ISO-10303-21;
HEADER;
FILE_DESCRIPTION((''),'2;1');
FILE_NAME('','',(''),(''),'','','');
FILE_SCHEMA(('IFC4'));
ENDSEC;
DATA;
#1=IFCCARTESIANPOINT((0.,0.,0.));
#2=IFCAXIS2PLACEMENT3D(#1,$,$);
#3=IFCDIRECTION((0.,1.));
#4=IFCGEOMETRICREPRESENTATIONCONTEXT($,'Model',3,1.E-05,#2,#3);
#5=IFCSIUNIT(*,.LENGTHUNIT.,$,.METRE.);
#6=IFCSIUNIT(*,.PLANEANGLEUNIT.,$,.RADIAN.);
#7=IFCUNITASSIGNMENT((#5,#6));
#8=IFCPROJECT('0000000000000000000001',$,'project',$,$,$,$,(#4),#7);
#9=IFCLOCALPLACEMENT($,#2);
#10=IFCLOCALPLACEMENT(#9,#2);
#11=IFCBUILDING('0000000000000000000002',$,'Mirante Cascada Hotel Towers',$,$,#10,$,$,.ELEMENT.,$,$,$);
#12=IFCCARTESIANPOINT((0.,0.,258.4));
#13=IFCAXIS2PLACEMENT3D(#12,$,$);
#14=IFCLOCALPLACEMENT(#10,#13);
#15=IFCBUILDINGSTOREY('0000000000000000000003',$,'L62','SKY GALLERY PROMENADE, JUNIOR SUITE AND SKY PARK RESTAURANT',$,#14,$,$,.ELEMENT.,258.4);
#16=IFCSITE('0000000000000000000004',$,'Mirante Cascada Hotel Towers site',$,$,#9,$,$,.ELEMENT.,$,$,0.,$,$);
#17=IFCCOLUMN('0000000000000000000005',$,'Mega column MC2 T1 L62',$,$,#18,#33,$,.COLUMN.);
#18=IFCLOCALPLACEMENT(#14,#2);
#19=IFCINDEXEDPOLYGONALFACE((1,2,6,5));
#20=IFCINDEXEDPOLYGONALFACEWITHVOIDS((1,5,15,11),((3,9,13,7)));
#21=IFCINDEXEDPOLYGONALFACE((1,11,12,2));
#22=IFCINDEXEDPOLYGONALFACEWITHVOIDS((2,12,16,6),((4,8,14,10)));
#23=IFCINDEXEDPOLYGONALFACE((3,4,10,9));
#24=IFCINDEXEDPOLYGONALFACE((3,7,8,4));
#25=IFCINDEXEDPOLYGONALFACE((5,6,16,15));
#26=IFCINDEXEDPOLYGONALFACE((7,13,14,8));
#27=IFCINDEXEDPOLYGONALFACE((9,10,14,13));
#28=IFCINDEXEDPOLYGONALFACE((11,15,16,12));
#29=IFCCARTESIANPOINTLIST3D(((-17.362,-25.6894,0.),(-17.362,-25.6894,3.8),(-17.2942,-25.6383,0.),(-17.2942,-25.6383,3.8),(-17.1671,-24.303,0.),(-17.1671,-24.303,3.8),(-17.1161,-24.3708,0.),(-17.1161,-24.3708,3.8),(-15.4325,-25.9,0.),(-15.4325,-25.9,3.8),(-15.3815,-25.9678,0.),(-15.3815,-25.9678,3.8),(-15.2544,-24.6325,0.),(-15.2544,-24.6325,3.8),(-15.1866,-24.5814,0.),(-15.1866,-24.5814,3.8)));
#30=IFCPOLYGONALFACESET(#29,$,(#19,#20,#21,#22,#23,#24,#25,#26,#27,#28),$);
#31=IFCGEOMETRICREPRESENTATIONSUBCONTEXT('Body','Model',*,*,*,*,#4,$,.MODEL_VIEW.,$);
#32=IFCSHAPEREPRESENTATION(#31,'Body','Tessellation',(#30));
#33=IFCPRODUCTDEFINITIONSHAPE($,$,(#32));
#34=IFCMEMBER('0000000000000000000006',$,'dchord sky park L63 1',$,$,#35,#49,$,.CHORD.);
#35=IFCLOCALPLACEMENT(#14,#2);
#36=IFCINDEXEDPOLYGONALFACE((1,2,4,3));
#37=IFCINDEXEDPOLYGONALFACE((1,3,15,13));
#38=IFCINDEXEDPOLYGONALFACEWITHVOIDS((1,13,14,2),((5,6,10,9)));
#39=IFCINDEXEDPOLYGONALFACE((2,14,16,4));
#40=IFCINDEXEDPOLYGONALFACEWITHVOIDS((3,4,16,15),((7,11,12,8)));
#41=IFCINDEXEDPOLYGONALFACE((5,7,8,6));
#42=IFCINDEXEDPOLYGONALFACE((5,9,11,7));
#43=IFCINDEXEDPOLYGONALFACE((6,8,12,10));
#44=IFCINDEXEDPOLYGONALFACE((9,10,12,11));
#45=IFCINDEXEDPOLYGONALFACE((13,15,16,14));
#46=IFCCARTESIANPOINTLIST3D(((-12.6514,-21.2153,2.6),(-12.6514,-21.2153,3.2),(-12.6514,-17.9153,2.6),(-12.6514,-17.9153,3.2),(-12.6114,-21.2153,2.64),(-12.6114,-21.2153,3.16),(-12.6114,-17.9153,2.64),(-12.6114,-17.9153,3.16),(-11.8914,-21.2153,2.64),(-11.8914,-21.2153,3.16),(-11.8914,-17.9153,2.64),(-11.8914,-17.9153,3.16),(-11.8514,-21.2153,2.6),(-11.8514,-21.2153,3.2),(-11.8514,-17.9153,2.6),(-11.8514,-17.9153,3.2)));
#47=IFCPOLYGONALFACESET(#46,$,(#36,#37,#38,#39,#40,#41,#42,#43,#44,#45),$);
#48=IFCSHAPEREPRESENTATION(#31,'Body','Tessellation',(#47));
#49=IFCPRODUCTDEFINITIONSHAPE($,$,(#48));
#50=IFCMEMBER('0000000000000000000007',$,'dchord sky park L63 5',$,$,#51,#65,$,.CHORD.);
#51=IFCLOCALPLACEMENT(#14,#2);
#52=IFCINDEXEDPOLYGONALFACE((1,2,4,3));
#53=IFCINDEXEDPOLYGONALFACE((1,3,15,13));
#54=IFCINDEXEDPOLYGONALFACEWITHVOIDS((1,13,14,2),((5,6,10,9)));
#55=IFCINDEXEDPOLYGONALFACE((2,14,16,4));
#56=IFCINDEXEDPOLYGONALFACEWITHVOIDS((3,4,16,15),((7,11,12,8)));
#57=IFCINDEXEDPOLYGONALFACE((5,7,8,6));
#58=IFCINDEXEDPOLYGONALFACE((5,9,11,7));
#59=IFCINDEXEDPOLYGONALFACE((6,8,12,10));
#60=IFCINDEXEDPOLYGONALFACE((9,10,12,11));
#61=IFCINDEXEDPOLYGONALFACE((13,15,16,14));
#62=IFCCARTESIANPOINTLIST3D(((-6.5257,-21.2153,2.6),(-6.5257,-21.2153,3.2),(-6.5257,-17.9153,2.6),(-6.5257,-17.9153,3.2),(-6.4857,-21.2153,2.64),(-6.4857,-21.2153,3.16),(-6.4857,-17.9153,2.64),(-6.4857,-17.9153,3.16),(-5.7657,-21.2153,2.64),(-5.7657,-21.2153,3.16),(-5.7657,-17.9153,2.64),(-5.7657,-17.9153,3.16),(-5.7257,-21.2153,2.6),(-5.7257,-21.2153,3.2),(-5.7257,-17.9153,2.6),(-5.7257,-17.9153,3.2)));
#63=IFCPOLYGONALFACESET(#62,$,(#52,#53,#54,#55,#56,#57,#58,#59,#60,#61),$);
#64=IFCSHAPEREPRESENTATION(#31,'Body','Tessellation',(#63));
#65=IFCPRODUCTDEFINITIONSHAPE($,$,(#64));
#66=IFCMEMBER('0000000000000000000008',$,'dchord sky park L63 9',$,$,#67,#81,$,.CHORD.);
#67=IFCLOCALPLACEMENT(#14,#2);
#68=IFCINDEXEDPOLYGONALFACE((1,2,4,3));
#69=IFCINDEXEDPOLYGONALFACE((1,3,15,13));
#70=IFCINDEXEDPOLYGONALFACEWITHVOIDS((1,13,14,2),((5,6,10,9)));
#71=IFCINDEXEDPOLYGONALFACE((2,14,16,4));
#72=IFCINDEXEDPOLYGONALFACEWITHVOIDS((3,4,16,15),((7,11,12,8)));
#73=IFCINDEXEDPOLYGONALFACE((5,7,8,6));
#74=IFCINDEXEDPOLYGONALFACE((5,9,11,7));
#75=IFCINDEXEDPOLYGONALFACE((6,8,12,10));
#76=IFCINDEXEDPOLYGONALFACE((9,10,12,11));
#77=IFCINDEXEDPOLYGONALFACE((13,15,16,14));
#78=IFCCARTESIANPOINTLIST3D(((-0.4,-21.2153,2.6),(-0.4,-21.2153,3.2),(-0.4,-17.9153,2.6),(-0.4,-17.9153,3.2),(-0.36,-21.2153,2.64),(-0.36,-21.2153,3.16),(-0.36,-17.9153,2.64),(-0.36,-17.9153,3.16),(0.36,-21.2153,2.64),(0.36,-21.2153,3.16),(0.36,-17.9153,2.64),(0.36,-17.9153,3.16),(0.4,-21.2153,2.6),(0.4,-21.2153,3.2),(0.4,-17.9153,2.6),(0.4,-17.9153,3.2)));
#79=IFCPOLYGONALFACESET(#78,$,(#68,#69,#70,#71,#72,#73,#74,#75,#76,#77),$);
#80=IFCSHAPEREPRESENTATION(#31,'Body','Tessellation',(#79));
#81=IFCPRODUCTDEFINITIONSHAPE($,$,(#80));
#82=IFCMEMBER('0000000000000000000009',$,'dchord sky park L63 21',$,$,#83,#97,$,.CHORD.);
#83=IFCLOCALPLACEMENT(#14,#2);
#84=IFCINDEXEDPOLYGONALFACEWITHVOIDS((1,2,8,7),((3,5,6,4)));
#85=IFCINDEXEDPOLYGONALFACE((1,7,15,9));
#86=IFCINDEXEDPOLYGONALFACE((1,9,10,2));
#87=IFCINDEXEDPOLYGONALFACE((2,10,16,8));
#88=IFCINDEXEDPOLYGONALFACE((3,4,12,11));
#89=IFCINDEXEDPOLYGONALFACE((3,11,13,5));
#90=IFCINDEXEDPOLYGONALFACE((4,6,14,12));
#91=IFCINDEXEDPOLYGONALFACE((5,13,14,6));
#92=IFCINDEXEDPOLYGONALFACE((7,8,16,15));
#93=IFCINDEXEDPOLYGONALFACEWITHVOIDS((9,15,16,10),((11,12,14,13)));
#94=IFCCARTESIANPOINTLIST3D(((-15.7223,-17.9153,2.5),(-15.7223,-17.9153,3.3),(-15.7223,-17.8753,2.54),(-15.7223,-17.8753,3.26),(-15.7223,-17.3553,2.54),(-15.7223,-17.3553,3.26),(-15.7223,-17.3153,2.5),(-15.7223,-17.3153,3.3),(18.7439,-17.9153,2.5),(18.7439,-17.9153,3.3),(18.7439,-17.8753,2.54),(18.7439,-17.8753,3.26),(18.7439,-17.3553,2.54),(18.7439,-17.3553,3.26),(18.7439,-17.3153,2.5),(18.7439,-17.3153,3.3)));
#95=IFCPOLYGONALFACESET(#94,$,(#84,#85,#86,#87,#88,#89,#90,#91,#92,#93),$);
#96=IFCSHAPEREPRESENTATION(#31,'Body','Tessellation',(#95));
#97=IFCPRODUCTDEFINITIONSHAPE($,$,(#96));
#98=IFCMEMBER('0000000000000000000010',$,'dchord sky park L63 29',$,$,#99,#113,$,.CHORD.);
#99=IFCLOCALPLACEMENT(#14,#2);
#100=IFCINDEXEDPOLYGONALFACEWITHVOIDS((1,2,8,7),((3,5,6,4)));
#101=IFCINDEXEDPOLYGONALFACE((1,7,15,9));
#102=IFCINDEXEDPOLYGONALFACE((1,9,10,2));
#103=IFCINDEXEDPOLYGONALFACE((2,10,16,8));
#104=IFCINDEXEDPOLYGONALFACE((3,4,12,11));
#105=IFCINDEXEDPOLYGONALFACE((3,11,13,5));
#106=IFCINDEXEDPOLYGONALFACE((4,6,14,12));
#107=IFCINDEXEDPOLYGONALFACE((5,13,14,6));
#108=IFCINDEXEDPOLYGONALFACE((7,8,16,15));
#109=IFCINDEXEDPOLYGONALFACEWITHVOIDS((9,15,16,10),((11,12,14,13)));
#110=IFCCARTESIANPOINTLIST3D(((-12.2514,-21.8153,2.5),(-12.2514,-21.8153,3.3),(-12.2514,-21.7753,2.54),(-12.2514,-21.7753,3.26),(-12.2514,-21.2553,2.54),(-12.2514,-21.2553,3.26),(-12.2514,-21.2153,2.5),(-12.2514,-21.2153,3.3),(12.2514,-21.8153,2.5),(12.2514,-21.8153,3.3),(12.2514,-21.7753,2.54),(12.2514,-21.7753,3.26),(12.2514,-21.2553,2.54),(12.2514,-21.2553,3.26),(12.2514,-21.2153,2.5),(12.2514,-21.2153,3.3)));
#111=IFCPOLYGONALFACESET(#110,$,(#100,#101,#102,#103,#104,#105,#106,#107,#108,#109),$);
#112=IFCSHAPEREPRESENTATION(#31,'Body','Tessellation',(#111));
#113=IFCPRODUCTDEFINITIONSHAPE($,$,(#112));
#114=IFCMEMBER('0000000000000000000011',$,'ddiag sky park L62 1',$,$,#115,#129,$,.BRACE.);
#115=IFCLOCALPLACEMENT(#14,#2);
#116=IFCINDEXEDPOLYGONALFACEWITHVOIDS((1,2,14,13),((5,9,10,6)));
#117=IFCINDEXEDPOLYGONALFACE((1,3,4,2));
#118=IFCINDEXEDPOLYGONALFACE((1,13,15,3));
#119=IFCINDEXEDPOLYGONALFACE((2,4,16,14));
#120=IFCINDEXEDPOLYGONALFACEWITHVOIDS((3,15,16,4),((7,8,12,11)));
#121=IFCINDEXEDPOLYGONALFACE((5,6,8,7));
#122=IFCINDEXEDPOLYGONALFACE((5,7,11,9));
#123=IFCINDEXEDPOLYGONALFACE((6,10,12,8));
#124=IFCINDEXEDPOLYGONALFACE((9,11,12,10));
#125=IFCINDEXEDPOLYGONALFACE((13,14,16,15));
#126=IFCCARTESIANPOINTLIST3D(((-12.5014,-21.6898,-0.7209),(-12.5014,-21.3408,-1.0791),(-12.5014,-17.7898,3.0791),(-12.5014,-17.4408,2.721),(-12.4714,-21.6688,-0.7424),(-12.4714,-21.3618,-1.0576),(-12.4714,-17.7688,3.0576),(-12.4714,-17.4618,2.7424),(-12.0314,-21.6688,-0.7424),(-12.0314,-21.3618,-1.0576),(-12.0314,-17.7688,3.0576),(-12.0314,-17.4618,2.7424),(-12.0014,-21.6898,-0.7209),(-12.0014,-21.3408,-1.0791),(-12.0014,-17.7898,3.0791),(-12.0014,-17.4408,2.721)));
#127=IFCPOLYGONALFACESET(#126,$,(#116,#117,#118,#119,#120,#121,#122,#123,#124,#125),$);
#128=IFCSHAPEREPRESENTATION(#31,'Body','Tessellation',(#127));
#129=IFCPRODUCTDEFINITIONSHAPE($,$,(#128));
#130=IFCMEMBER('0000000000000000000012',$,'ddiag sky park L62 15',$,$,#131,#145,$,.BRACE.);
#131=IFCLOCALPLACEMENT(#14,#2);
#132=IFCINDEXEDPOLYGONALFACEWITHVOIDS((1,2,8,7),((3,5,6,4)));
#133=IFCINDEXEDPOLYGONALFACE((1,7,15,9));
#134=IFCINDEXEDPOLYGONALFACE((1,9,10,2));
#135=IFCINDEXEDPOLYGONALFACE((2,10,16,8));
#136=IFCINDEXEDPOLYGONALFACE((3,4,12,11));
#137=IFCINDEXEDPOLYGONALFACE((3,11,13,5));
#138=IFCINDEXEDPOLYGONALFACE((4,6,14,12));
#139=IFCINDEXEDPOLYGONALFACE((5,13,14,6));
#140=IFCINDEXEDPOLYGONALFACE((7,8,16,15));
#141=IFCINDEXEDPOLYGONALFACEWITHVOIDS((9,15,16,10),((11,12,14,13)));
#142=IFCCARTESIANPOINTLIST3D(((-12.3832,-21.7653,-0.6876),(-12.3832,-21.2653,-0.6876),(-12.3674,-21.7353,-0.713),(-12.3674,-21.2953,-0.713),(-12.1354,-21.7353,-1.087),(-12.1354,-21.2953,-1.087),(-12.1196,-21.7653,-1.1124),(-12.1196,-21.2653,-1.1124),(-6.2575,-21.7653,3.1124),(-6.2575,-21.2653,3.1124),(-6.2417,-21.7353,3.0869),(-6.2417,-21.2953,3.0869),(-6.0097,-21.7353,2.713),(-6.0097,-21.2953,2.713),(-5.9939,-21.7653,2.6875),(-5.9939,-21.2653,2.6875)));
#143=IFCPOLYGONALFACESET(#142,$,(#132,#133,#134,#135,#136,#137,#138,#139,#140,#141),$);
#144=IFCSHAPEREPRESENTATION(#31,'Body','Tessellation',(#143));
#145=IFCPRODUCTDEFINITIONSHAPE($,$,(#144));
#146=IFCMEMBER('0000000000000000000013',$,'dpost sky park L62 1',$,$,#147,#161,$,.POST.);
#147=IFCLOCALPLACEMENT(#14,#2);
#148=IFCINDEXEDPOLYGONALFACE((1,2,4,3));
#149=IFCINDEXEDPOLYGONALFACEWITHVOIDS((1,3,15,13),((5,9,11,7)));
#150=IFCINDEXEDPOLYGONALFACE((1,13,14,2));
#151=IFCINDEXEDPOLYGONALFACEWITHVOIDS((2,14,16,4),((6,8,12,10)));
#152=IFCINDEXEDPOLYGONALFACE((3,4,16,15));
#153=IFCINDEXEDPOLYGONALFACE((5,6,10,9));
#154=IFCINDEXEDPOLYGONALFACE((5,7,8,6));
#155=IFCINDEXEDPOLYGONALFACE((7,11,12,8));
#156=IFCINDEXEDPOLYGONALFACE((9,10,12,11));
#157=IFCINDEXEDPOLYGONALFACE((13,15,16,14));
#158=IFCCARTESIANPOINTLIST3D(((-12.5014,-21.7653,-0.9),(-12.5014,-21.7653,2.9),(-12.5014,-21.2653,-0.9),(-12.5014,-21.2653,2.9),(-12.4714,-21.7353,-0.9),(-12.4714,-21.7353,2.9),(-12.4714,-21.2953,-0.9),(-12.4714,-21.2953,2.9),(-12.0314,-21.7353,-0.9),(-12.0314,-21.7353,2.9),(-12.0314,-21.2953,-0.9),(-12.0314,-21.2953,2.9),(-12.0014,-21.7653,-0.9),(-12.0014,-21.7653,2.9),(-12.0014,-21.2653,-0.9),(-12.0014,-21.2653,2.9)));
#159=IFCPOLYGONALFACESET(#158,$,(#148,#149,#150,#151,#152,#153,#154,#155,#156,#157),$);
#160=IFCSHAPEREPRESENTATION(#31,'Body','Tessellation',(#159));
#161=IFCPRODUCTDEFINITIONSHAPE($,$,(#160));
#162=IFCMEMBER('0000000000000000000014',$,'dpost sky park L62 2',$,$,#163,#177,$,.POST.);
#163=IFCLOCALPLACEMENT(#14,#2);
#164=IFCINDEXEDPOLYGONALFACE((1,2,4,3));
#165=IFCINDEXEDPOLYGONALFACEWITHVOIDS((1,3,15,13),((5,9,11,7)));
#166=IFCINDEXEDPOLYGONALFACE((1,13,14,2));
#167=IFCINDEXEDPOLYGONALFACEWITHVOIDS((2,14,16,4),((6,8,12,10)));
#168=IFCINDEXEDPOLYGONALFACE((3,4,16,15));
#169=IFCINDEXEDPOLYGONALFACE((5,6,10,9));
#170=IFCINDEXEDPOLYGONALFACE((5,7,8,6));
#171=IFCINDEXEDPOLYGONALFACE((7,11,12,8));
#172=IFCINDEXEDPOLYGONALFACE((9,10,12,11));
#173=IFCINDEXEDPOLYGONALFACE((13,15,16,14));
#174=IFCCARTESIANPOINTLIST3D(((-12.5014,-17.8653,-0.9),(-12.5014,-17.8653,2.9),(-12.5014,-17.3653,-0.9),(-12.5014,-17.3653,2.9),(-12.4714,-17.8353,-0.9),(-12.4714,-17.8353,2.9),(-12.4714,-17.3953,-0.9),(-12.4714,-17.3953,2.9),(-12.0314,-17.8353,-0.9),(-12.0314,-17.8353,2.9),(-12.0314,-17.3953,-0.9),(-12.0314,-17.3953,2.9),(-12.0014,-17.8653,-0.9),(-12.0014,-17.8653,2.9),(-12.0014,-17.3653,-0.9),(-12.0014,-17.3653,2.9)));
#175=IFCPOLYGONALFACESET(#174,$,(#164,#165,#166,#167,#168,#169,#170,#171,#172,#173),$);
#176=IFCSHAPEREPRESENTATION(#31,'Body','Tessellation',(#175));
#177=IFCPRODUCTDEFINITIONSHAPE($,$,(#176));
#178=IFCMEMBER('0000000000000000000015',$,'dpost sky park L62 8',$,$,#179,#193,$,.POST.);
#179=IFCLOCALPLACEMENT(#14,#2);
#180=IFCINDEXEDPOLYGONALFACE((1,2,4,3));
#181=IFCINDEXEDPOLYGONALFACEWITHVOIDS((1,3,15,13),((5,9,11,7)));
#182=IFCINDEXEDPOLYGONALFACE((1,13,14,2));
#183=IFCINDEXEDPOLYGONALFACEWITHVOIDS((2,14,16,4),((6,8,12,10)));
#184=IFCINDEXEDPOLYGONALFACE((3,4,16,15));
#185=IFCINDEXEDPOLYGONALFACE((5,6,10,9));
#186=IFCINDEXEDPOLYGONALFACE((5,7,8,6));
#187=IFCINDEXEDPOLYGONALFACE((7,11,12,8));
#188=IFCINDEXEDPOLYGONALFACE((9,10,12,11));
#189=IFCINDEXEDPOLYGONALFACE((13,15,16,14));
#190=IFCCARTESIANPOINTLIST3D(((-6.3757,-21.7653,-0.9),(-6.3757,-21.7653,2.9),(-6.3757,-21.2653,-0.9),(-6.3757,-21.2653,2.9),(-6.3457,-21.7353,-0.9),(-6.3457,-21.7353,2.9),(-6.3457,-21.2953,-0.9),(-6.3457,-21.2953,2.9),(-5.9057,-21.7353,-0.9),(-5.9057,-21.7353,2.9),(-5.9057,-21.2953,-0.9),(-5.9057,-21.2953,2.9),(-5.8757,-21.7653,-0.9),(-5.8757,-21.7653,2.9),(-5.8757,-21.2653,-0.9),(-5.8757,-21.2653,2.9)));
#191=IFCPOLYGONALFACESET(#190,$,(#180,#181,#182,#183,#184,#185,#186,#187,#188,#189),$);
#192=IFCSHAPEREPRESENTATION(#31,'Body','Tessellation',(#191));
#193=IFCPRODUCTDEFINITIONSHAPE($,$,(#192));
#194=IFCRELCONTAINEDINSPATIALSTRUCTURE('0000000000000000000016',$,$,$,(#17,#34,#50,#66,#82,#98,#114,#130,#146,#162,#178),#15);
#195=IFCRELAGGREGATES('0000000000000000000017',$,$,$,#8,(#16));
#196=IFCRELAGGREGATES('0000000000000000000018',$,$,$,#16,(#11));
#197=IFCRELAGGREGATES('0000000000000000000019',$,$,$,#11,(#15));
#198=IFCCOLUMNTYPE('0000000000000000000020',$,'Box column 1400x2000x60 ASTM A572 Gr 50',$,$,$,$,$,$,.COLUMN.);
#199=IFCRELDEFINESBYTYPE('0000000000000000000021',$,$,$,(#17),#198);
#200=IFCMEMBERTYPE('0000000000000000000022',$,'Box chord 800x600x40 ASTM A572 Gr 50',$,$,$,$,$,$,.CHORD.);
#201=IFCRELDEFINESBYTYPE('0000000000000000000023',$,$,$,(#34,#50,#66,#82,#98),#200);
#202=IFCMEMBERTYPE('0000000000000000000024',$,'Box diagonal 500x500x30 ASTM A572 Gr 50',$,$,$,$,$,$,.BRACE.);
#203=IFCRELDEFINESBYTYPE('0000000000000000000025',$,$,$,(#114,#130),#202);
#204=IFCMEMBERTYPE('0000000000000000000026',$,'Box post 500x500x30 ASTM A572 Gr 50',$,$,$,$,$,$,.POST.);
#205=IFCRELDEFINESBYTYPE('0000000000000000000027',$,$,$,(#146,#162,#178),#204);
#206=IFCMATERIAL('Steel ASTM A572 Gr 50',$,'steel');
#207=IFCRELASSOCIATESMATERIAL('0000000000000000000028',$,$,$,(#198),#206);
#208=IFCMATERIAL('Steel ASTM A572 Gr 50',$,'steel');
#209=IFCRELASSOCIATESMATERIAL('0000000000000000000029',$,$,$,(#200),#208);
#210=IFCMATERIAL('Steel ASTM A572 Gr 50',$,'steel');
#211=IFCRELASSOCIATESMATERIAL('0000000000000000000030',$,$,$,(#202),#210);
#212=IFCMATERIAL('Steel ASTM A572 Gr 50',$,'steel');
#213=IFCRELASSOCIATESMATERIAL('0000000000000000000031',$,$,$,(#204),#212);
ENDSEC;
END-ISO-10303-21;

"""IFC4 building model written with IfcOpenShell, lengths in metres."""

from ifc_helpers import new_model, si_unit, direction, frame, origin, origin_2d, place, context, subcontext, project, spatial, hollow_rectangle, extrude, material, material_profile, profile_set, type_object, element, save


model = new_model("IFC4")

# Units and contexts
model_context = context("Model", 3, precision=1e-05, world=origin(), true_north=direction((0.0, 1.0)))
body_context = subcontext(model_context, "Body", "Model", "MODEL_VIEW")
ifc_project = project(units=[si_unit("LENGTHUNIT", "METRE"), si_unit("PLANEANGLEUNIT", "RADIAN")], contexts=[model_context])

# Site, building, storey
site_placement = place(None, origin())
site = spatial("IfcSite", under=ifc_project, at=site_placement, Name="Mirante Cascada Hotel Towers site", CompositionType="ELEMENT", RefElevation=0.0)
building_placement = place(site_placement, origin())
building = spatial("IfcBuilding", under=site, at=building_placement, Name="Mirante Cascada Hotel Towers", CompositionType="ELEMENT")
storey_placement = place(building_placement, frame((0.0, 0.0, 258.4)))
storey = spatial("IfcBuildingStorey", under=building, at=storey_placement, Name="L62", Description="SKY GALLERY PROMENADE, JUNIOR SUITE AND SKY PARK RESTAURANT", CompositionType="ELEMENT", Elevation=258.4)

# Column
ifc_material_1 = material(Name="Steel ASTM A572 Gr 50", Category="steel")
ifc_material_profile_1 = material_profile(ifc_material_1, hollow_rectangle(XDim=2.0, YDim=1.4, WallThickness=0.06, at=origin_2d()), Name="Box column 1400x2000x60 ASTM A572 Gr 50")
ifc_profile_set_1 = profile_set([ifc_material_profile_1], Name="Steel ASTM A572 Gr 50")
column_type = type_object("IfcColumnType", Name="Box column 1400x2000x60 ASTM A572 Gr 50", PredefinedType="COLUMN", material=ifc_profile_set_1)
column_placement = place(storey_placement, frame((-16.2743, -25.1354, 0.0), z_axis=(0.0, 0.0, 1.0), x_axis=(-0.990268, 0.139173, 0.0)))
element("IfcColumn", 1, at=column_placement, inside=storey, type_object=column_type, Name="Mega column MC2 T1 L62", PredefinedType="COLUMN", context=body_context, shape_type="SweptSolid", body=[
    extrude(hollow_rectangle(XDim=2.0, YDim=1.4, WallThickness=0.06, at=origin_2d()), origin(), (0.0, 0.0, 1.0), 3.8),
])

# Members
ifc_material_2 = material(Name="Steel ASTM A572 Gr 50", Category="steel")
ifc_material_profile_2 = material_profile(ifc_material_2, hollow_rectangle(XDim=0.6, YDim=0.8, WallThickness=0.04, at=origin_2d()), Name="Box chord 800x600x40 ASTM A572 Gr 50")
ifc_profile_set_2 = profile_set([ifc_material_profile_2], Name="Steel ASTM A572 Gr 50")
member_type_1 = type_object("IfcMemberType", Name="Box chord 800x600x40 ASTM A572 Gr 50", PredefinedType="CHORD", material=ifc_profile_set_2)
for number, where, z_axis, x_axis, name in (
    (2, (-12.2514, -21.2153, 2.9), (0.0, 1.0, 0.0), (0.0, 0.0, 1.0), "dchord sky park L63 1"),
    (3, (-6.1257, -21.2153, 2.9), (0.0, 1.0, 0.0), (0.0, 0.0, 1.0), "dchord sky park L63 5"),
    (4, (0.0, -21.2153, 2.9), (0.0, 1.0, 0.0), (0.0, 0.0, 1.0), "dchord sky park L63 9"),
):
    element("IfcMember", number, at=place(storey_placement, frame(where, z_axis=z_axis, x_axis=x_axis)), inside=storey, type_object=member_type_1, Name=name, PredefinedType="CHORD", context=body_context, shape_type="SweptSolid", body=[
        extrude(hollow_rectangle(XDim=0.6, YDim=0.8, WallThickness=0.04, at=origin_2d()), origin(), (0.0, 0.0, 1.0), 3.3),
    ])
member_1_placement = place(storey_placement, frame((-15.7223, -17.6153, 2.9), z_axis=(1.0, 0.0, 0.0), x_axis=(0.0, 1.0, 0.0)))
element("IfcMember", 5, at=member_1_placement, inside=storey, type_object=member_type_1, Name="dchord sky park L63 21", PredefinedType="CHORD", context=body_context, shape_type="SweptSolid", body=[
    extrude(hollow_rectangle(XDim=0.6, YDim=0.8, WallThickness=0.04, at=origin_2d()), origin(), (0.0, 0.0, 1.0), 34.4662),
])
member_2_placement = place(storey_placement, frame((-12.2514, -21.5153, 2.9), z_axis=(1.0, 0.0, 0.0), x_axis=(0.0, 1.0, 0.0)))
element("IfcMember", 6, at=member_2_placement, inside=storey, type_object=member_type_1, Name="dchord sky park L63 29", PredefinedType="CHORD", context=body_context, shape_type="SweptSolid", body=[
    extrude(hollow_rectangle(XDim=0.6, YDim=0.8, WallThickness=0.04, at=origin_2d()), origin(), (0.0, 0.0, 1.0), 24.5028),
])
ifc_material_3 = material(Name="Steel ASTM A572 Gr 50", Category="steel")
ifc_material_profile_3 = material_profile(ifc_material_3, hollow_rectangle(XDim=0.5, YDim=0.5, WallThickness=0.03, at=origin_2d()), Name="Box diagonal 500x500x30 ASTM A572 Gr 50")
ifc_profile_set_3 = profile_set([ifc_material_profile_3], Name="Steel ASTM A572 Gr 50")
member_type_2 = type_object("IfcMemberType", Name="Box diagonal 500x500x30 ASTM A572 Gr 50", PredefinedType="BRACE", material=ifc_profile_set_3)
member_3_placement = place(storey_placement, frame((-12.2514, -21.5153, -0.9), z_axis=(0.0, 0.71623, 0.697865), x_axis=(-1.0, 0.0, 0.0)))
element("IfcMember", 7, at=member_3_placement, inside=storey, type_object=member_type_2, Name="ddiag sky park L62 1", PredefinedType="BRACE", context=body_context, shape_type="SweptSolid", body=[
    extrude(hollow_rectangle(XDim=0.5, YDim=0.5, WallThickness=0.03, at=origin_2d()), origin(), (0.0, 0.0, 1.0), 5.4452),
])
member_4_placement = place(storey_placement, frame((-12.2514, -21.5153, -0.9), z_axis=(0.849774, 0.0, 0.527147), x_axis=(0.0, 1.0, 0.0)))
element("IfcMember", 8, at=member_4_placement, inside=storey, type_object=member_type_2, Name="ddiag sky park L62 15", PredefinedType="BRACE", context=body_context, shape_type="SweptSolid", body=[
    extrude(hollow_rectangle(XDim=0.5, YDim=0.5, WallThickness=0.03, at=origin_2d()), origin(), (0.0, 0.0, 1.0), 7.2086),
])
ifc_material_4 = material(Name="Steel ASTM A572 Gr 50", Category="steel")
ifc_material_profile_4 = material_profile(ifc_material_4, hollow_rectangle(XDim=0.5, YDim=0.5, WallThickness=0.03, at=origin_2d()), Name="Box post 500x500x30 ASTM A572 Gr 50")
ifc_profile_set_4 = profile_set([ifc_material_profile_4], Name="Steel ASTM A572 Gr 50")
member_type_3 = type_object("IfcMemberType", Name="Box post 500x500x30 ASTM A572 Gr 50", PredefinedType="POST", material=ifc_profile_set_4)
for number, where, z_axis, x_axis, name in (
    (9, (-12.2514, -21.5153, -0.9), (0.0, 0.0, 1.0), (1.0, 0.0, 0.0), "dpost sky park L62 1"),
    (10, (-12.2514, -17.6153, -0.9), (0.0, 0.0, 1.0), (1.0, 0.0, 0.0), "dpost sky park L62 2"),
    (11, (-6.1257, -21.5153, -0.9), (0.0, 0.0, 1.0), (1.0, 0.0, 0.0), "dpost sky park L62 8"),
):
    element("IfcMember", number, at=place(storey_placement, frame(where, z_axis=z_axis, x_axis=x_axis)), inside=storey, type_object=member_type_3, Name=name, PredefinedType="POST", context=body_context, shape_type="SweptSolid", body=[
        extrude(hollow_rectangle(XDim=0.5, YDim=0.5, WallThickness=0.03, at=origin_2d()), origin(), (0.0, 0.0, 1.0), 3.8),
    ])

save(model, "model.ifc")
